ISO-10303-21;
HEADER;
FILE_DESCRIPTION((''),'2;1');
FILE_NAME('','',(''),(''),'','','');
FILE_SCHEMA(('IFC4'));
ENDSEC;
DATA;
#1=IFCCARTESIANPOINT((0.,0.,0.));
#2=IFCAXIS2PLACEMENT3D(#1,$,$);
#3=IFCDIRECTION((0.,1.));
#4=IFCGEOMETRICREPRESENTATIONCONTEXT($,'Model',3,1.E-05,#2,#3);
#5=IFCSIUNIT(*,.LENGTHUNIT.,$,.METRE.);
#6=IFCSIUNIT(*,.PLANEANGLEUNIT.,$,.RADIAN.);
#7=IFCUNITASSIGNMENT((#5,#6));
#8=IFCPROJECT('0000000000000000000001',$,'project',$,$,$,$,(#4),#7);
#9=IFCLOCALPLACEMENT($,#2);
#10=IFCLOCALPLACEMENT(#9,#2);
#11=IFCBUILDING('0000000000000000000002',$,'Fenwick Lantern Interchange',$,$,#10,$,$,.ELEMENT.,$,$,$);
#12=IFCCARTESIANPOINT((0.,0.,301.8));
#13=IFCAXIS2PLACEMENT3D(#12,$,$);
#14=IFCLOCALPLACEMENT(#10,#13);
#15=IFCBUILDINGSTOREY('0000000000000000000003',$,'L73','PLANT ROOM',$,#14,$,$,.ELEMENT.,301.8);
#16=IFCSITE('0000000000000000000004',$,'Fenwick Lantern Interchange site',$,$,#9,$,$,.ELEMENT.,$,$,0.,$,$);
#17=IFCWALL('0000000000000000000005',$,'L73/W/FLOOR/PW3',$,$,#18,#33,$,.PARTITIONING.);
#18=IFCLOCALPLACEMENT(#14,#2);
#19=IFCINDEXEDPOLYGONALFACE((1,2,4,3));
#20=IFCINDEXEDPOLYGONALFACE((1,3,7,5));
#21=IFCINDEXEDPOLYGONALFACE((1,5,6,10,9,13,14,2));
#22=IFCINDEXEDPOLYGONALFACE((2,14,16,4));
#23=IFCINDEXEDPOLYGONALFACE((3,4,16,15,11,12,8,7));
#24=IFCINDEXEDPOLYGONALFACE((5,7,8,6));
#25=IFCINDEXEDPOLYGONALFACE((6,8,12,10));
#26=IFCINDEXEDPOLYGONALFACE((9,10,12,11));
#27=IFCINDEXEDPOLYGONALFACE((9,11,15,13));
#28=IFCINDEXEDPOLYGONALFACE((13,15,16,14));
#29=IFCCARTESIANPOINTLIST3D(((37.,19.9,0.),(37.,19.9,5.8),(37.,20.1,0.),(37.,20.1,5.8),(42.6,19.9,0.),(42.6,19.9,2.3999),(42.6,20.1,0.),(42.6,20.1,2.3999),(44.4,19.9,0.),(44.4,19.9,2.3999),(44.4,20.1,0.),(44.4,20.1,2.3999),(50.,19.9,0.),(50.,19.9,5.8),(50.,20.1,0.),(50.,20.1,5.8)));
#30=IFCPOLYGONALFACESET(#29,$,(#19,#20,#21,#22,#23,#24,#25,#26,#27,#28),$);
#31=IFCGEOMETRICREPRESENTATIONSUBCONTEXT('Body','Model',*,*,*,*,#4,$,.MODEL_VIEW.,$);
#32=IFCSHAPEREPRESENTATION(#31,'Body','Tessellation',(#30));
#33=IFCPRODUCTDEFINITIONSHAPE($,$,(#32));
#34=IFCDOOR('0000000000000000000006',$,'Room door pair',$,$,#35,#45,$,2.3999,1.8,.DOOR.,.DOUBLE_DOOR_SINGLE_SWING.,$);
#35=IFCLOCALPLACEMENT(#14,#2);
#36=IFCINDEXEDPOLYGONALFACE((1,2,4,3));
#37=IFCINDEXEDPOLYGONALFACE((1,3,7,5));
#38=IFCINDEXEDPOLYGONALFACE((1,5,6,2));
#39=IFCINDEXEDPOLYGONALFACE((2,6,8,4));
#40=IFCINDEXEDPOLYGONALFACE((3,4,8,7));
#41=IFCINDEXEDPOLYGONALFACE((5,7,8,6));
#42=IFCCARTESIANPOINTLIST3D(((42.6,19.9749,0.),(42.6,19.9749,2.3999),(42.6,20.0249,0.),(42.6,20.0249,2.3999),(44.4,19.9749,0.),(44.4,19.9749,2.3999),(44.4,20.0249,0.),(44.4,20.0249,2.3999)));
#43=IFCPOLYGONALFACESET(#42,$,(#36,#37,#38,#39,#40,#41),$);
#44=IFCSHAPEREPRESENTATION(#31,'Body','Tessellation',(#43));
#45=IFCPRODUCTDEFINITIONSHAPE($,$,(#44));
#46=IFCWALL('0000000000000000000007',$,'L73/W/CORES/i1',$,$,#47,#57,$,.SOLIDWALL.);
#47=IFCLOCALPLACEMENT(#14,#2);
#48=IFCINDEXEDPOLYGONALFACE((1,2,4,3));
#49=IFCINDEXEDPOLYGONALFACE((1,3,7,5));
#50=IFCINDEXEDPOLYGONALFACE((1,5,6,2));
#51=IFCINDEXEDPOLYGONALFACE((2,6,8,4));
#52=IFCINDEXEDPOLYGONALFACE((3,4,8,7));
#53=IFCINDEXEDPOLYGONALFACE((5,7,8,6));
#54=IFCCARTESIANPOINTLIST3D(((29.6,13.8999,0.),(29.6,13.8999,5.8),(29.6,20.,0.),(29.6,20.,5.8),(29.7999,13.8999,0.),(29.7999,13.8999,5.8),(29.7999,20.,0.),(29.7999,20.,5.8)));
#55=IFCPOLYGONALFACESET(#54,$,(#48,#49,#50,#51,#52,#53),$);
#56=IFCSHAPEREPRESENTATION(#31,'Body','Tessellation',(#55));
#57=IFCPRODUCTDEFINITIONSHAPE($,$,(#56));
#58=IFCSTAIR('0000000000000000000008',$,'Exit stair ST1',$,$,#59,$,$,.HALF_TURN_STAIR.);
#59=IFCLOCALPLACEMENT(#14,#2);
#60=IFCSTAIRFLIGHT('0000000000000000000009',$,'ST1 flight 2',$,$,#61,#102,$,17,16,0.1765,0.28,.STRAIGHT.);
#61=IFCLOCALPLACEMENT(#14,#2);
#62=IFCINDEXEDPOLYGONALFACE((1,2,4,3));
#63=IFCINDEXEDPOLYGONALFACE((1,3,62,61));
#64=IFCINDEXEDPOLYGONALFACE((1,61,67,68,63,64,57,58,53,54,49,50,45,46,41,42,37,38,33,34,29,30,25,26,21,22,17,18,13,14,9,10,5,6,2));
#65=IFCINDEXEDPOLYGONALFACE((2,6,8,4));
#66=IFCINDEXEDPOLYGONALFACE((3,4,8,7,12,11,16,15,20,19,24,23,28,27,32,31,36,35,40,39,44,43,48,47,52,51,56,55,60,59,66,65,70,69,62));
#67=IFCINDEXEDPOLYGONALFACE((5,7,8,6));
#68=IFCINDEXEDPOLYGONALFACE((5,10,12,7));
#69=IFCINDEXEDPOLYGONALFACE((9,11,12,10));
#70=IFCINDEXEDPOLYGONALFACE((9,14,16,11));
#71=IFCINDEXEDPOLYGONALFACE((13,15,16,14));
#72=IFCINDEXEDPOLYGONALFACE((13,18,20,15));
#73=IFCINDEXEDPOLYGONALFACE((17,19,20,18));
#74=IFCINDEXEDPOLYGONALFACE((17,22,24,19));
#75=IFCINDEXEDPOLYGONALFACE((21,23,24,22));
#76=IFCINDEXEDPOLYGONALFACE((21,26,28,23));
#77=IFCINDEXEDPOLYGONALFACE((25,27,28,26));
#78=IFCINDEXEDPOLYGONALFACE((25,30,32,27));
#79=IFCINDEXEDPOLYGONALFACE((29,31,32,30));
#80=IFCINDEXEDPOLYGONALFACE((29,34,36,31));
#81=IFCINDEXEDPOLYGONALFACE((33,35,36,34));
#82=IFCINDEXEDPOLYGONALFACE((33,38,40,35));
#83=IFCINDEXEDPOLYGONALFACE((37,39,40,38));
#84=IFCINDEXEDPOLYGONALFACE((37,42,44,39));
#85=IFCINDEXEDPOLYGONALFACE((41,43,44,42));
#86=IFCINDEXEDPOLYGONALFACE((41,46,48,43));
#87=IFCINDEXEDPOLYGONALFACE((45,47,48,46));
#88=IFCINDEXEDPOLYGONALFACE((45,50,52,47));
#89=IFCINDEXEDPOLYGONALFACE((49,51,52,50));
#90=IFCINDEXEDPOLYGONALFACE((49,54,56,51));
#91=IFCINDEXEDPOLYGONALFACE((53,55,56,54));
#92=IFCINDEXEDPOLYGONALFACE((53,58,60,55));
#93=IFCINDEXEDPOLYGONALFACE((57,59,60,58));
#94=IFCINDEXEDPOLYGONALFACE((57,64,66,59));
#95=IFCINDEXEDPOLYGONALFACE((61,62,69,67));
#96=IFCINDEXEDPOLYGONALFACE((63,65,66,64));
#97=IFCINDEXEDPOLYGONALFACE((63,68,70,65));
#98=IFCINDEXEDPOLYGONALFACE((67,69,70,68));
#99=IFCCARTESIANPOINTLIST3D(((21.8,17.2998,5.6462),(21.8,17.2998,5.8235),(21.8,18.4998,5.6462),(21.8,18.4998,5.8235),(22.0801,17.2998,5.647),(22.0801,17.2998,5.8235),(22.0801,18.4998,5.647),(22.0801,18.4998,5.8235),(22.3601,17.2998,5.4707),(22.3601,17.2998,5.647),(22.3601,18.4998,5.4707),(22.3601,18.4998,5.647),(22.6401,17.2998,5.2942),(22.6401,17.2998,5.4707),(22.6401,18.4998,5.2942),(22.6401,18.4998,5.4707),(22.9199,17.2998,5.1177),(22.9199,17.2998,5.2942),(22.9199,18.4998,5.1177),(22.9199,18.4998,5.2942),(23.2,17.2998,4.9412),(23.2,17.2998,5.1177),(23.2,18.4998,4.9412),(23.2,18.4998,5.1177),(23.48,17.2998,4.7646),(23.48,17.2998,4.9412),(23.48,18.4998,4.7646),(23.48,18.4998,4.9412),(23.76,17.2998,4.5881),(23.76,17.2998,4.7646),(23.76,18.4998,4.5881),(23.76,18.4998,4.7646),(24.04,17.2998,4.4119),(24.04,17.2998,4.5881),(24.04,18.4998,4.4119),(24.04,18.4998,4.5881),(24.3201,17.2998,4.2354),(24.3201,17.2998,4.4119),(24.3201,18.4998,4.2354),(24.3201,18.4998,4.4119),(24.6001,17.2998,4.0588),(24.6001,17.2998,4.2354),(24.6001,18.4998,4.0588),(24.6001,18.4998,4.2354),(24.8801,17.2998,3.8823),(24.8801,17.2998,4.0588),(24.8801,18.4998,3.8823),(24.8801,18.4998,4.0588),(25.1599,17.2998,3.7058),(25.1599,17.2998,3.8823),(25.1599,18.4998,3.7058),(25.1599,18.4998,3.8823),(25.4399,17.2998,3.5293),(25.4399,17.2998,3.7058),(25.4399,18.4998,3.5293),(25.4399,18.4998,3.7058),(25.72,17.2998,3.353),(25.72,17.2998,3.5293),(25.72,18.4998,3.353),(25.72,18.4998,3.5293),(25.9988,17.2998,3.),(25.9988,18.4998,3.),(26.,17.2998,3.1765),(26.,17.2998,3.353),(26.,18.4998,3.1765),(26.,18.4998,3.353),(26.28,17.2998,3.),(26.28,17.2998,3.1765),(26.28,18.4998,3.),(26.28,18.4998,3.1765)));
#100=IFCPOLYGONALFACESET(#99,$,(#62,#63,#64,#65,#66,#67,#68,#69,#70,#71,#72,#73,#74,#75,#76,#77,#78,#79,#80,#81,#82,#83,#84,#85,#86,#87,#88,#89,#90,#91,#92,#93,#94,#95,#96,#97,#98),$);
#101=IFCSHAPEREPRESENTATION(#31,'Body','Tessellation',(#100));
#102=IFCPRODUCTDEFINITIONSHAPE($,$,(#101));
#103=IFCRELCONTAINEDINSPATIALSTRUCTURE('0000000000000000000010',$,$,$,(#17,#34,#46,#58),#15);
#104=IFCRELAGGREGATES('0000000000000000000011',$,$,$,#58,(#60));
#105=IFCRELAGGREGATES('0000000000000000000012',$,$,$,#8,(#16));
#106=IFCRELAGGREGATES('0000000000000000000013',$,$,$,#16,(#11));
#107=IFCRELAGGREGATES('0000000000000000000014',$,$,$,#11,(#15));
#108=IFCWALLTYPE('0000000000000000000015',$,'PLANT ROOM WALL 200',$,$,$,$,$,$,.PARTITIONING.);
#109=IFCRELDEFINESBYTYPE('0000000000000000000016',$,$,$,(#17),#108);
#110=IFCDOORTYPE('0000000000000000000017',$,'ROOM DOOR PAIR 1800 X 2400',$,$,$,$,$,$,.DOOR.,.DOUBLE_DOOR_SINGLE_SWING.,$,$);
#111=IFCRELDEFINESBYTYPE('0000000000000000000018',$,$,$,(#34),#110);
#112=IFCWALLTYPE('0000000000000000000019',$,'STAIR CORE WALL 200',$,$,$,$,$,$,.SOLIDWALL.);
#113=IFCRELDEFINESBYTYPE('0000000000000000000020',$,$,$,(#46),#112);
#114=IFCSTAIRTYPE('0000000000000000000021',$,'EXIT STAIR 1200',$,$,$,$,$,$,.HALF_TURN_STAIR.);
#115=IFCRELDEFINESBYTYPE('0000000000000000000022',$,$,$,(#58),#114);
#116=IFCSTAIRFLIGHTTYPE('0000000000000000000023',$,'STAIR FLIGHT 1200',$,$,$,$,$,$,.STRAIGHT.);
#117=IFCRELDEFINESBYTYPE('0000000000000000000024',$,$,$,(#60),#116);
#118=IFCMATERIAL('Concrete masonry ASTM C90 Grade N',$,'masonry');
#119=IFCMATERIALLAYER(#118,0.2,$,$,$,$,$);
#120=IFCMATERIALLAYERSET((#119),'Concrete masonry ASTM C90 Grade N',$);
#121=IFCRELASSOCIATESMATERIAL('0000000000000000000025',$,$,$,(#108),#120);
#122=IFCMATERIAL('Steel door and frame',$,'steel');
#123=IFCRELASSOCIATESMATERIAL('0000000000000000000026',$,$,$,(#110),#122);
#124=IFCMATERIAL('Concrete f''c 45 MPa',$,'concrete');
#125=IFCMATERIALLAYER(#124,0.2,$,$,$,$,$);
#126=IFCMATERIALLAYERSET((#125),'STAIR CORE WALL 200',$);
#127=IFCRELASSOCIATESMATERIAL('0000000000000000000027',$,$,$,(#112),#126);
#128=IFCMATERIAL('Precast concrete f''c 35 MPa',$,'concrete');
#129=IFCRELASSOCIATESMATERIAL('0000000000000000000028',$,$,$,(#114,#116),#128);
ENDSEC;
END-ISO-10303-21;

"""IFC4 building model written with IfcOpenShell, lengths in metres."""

from ifc_helpers import new_model, si_unit, direction, frame, frame_2d, origin, place, context, subcontext, project, spatial, polyline, rectangle, outline, extrude, material, layer, layer_set, type_object, element, fill, aggregate, save


model = new_model("IFC4")

# Units and contexts
model_context = context("Model", 3, precision=1e-05, world=origin(), true_north=direction((0.0, 1.0)))
body_context = subcontext(model_context, "Body", "Model", "MODEL_VIEW")
ifc_project = project(units=[si_unit("LENGTHUNIT", "METRE"), si_unit("PLANEANGLEUNIT", "RADIAN")], contexts=[model_context])

# Site, building, storey
site_placement = place(None, origin())
site = spatial("IfcSite", under=ifc_project, at=site_placement, Name="Fenwick Lantern Interchange site", CompositionType="ELEMENT", RefElevation=0.0)
building_placement = place(site_placement, origin())
building = spatial("IfcBuilding", under=site, at=building_placement, Name="Fenwick Lantern Interchange", CompositionType="ELEMENT")
storey_placement = place(building_placement, frame((0.0, 0.0, 301.8)))
storey = spatial("IfcBuildingStorey", under=building, at=storey_placement, Name="L73", Description="PLANT ROOM", CompositionType="ELEMENT", Elevation=301.8)

# Shared definitions
ifc_material_1 = material(Name="Concrete masonry ASTM C90 Grade N", Category="masonry")
ifc_material_2 = material(Name="Steel door and frame", Category="steel")

# Shared definitions
ifc_layer_1 = layer(ifc_material_1, 0.2)
ifc_layer_set_1 = layer_set([ifc_layer_1], Name="Concrete masonry ASTM C90 Grade N")
wall_type_1 = type_object("IfcWallType", Name="PLANT ROOM WALL 200", PredefinedType="PARTITIONING", material=ifc_layer_set_1)

# Wall, opening, door
wall_1_placement = place(storey_placement, frame((37.0, 20.0, 0.0), z_axis=(0.0, 0.0, 1.0), x_axis=(1.0, 0.0, 0.0)))
wall_1 = element("IfcWall", 1, at=wall_1_placement, inside=storey, type_object=wall_type_1, Name="L73/W/FLOOR/PW3", PredefinedType="PARTITIONING", context=body_context, shape_type="SweptSolid", body=[
    extrude(rectangle(XDim=13.0, YDim=0.2, at=frame_2d((6.5, 0.0))), origin(), (0.0, 0.0, 1.0), 5.8),
])
opening_1_placement = place(wall_1_placement, frame((5.6001, 0.0, 0.0)))
opening_1 = element("IfcOpeningElement", 2, at=opening_1_placement, cuts=wall_1, PredefinedType="OPENING", context=body_context, shape_type="SweptSolid", body=[
    extrude(rectangle(XDim=1.8, YDim=2.3999, at=frame_2d((0.8999, 1.2))), frame((0.0, 0.1099, 0.0), z_axis=(0.0, -1.0, 0.0), x_axis=(1.0, 0.0, 0.0)), (0.0, 0.0, 1.0), 0.22),
])
door_type_1 = type_object("IfcDoorType", Name="ROOM DOOR PAIR 1800 X 2400", OperationType="DOUBLE_DOOR_SINGLE_SWING", PredefinedType="DOOR", material=ifc_material_2)
door_1_placement = place(opening_1_placement, origin())
door_1 = element("IfcDoor", 3, at=door_1_placement, inside=storey, type_object=door_type_1, Name="Room door pair", OperationType="DOUBLE_DOOR_SINGLE_SWING", OverallHeight=2.3999, OverallWidth=1.8, PredefinedType="DOOR", context=body_context, shape_type="SweptSolid", body=[
    extrude(rectangle(XDim=1.8, YDim=2.3999, at=frame_2d((0.8999, 1.2))), frame((0.0, 0.0249, 0.0), z_axis=(0.0, -1.0, 0.0), x_axis=(1.0, 0.0, 0.0)), (0.0, 0.0, 1.0), 0.05),
])
fill(opening_1, door_1)

# Wall
ifc_material_3 = material(Name="Concrete f'c 45 MPa", Category="concrete")
ifc_layer_2 = layer(ifc_material_3, 0.2)
ifc_layer_set_2 = layer_set([ifc_layer_2], Name="STAIR CORE WALL 200")
wall_type_2 = type_object("IfcWallType", Name="STAIR CORE WALL 200", PredefinedType="SOLIDWALL", material=ifc_layer_set_2)
wall_2_placement = place(storey_placement, frame((29.7, 13.8999, 0.0), z_axis=(0.0, 0.0, 1.0), x_axis=(0.0, 1.0, 0.0)))
element("IfcWall", 4, at=wall_2_placement, inside=storey, type_object=wall_type_2, Name="L73/W/CORES/i1", PredefinedType="SOLIDWALL", context=body_context, shape_type="SweptSolid", body=[
    extrude(rectangle(XDim=6.1001, YDim=0.2, at=frame_2d((3.05, 0.0))), origin(), (0.0, 0.0, 1.0), 5.8),
])

# Stair, stair flight
ifc_material_4 = material(Name="Precast concrete f'c 35 MPa", Category="concrete")
stair_type = type_object("IfcStairType", Name="EXIT STAIR 1200", PredefinedType="HALF_TURN_STAIR", material=ifc_material_4)
stair_placement = place(storey_placement, origin())
stair = element("IfcStair", 5, at=stair_placement, inside=storey, type_object=stair_type, Name="Exit stair ST1", PredefinedType="HALF_TURN_STAIR")
stair_flight_type = type_object("IfcStairFlightType", Name="STAIR FLIGHT 1200", PredefinedType="STRAIGHT", material=ifc_material_4)
stair_flight_placement = place(storey_placement, frame((26.28, 17.8999, 3.0), z_axis=(0.0, 0.0, 1.0), x_axis=(-1.0, 0.0, 0.0)))
stair_flight = element("IfcStairFlight", 6, at=stair_flight_placement, type_object=stair_flight_type, Name="ST1 flight 2", NumberOfRisers=17, NumberOfTreads=16, PredefinedType="STRAIGHT", RiserHeight=0.1765, TreadLength=0.28, context=body_context, shape_type="SweptSolid", body=[
    extrude(outline(polyline([(0.0, 0.0), (0.0, 0.1765), (0.28, 0.1765), (0.28, 0.353), (0.5601, 0.353), (0.5601, 0.5293), (0.8401, 0.5293), (0.8401, 0.7058), (1.1201, 0.7058), (1.1201, 0.8823), (1.3999, 0.8823), (1.3999, 1.0588), (1.6799, 1.0588), (1.6799, 1.2354), (1.96, 1.2354), (1.96, 1.4119), (2.24, 1.4119), (2.24, 1.5881), (2.52, 1.5881), (2.52, 1.7646), (2.8, 1.7646), (2.8, 1.9412), (3.0801, 1.9412), (3.0801, 2.1177), (3.3601, 2.1177), (3.3601, 2.2942), (3.6399, 2.2942), (3.6399, 2.4707), (3.9199, 2.4707), (3.9199, 2.647), (4.2, 2.647), (4.2, 2.8235), (4.48, 2.8235), (4.48, 3.0), (4.48, 2.6462), (0.2812, 0.0), (0.0, 0.0)])), frame((0.0, 0.6001, 0.0), z_axis=(0.0, -1.0, 0.0), x_axis=(1.0, 0.0, 0.0)), (0.0, 0.0, 1.0), 1.2),
])
aggregate(stair, [stair_flight])

save(model, "model.ifc")
